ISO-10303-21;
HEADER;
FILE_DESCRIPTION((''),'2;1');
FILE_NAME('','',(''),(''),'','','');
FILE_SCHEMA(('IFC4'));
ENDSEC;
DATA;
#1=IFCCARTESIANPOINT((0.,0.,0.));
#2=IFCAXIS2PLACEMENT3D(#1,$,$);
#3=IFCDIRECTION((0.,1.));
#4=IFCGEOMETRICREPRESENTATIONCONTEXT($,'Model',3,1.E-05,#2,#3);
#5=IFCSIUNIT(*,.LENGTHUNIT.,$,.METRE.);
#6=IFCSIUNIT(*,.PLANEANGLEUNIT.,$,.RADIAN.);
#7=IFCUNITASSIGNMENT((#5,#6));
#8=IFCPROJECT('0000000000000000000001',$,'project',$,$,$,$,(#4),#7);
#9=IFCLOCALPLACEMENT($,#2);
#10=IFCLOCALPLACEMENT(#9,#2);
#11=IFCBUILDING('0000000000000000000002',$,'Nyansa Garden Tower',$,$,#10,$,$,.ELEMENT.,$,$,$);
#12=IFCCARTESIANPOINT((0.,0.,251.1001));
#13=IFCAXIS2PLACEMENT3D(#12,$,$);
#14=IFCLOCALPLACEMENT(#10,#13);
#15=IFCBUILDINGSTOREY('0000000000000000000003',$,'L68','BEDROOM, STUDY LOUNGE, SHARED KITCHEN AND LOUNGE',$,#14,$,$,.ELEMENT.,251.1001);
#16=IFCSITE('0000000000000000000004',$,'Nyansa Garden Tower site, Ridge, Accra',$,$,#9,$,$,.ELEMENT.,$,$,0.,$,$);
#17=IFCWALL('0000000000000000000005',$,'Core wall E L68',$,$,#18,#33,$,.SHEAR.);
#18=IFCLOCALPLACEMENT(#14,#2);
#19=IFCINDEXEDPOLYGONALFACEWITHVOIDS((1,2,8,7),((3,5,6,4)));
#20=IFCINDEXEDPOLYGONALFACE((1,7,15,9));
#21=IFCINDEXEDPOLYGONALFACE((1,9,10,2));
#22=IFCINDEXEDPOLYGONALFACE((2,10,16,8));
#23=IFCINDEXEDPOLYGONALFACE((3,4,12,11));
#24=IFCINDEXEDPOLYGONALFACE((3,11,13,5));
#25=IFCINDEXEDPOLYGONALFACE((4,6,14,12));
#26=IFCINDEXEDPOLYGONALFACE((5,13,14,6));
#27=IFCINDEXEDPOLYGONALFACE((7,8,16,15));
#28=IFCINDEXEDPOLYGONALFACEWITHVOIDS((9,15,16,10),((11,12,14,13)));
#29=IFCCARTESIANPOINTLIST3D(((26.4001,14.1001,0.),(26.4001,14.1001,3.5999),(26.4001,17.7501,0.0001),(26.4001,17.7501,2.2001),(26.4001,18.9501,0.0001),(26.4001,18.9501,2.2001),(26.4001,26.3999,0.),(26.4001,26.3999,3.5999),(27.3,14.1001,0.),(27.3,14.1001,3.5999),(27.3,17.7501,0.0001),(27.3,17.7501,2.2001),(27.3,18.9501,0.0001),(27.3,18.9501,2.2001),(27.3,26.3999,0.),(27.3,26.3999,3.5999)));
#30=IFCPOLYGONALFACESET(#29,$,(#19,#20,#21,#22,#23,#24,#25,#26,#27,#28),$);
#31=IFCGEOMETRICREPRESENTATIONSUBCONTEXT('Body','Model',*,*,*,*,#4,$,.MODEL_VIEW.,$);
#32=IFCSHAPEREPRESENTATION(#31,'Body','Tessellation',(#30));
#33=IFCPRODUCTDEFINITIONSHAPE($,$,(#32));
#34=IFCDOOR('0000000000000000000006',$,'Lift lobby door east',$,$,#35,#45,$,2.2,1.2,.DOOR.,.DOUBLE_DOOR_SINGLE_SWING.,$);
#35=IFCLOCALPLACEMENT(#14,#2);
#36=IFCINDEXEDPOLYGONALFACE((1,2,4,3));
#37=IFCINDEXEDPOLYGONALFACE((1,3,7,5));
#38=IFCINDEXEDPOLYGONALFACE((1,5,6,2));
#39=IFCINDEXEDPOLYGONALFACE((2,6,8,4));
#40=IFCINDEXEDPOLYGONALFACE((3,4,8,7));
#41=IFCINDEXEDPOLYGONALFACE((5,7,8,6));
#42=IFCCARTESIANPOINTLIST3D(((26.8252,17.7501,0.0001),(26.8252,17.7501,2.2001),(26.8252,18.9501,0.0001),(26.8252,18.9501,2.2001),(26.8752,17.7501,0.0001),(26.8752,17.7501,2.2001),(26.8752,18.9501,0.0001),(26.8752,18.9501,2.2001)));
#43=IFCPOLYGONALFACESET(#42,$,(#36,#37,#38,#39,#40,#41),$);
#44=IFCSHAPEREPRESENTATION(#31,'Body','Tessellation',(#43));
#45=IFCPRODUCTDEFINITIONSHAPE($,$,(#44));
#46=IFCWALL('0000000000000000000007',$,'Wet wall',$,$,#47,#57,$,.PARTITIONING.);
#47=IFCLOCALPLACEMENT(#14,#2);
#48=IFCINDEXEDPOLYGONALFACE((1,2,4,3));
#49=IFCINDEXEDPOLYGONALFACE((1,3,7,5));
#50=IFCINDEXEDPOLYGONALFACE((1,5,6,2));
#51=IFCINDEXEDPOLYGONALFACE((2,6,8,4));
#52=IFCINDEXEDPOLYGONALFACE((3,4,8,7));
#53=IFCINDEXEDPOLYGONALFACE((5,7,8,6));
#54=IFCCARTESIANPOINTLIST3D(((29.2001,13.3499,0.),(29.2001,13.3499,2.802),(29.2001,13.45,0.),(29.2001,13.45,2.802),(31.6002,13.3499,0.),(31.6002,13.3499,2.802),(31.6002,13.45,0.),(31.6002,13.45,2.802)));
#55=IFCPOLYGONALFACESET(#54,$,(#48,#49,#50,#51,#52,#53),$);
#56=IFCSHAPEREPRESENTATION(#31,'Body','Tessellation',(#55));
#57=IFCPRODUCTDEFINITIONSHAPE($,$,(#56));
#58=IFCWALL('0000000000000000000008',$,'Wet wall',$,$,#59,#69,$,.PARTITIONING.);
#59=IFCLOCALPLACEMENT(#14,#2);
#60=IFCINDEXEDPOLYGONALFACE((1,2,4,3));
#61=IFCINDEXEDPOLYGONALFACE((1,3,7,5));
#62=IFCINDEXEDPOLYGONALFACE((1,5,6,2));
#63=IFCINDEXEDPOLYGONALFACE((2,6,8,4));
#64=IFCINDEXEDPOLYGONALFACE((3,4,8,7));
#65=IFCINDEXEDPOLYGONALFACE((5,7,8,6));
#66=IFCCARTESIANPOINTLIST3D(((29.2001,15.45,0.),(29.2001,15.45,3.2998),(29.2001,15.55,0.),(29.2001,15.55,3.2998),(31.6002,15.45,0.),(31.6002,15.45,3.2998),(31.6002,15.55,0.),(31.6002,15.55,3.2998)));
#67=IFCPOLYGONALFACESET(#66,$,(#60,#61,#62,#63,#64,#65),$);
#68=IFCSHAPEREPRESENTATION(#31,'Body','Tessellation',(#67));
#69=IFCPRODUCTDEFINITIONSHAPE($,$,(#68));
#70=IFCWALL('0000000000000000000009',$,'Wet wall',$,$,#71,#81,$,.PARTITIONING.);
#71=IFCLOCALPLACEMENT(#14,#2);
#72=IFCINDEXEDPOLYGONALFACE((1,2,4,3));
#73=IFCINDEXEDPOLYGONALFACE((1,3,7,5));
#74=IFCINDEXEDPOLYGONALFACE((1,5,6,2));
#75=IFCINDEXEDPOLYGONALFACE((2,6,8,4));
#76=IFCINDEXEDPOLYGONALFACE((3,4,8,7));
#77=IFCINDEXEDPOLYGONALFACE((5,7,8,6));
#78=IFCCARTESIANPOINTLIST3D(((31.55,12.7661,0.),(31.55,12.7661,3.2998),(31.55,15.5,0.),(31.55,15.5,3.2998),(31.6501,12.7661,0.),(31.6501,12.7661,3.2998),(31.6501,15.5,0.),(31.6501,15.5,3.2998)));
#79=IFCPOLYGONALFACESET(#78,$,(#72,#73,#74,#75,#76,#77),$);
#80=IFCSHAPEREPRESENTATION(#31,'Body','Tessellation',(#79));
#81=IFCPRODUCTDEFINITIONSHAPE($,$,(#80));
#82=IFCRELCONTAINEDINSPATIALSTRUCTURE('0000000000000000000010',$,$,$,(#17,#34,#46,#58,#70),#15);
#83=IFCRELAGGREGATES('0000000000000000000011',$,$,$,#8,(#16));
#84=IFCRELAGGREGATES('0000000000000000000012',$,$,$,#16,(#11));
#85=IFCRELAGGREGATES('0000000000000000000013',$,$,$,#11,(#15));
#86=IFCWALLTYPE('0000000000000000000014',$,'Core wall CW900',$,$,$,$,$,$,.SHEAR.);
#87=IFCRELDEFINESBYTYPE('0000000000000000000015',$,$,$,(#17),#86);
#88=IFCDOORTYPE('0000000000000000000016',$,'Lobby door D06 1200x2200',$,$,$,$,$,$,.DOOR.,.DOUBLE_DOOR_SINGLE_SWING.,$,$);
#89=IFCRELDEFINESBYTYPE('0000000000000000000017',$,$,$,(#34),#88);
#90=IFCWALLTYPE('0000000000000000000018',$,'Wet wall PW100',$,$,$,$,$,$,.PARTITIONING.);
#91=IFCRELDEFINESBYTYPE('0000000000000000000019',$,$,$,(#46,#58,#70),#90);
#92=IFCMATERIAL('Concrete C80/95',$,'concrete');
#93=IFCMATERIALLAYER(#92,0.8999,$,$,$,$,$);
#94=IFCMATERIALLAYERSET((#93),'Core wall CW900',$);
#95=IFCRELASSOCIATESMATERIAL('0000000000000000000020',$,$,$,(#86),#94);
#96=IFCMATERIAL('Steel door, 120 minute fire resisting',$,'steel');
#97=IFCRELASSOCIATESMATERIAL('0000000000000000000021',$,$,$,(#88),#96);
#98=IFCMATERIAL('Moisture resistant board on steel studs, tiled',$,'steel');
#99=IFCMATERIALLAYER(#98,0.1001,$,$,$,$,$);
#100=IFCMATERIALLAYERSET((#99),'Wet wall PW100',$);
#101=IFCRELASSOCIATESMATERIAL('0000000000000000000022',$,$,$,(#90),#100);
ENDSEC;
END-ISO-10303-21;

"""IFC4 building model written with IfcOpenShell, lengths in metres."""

from ifc_helpers import new_model, si_unit, direction, frame, frame_2d, origin, place, context, subcontext, project, spatial, rectangle, extrude, material, layer, layer_set, type_object, element, fill, save


model = new_model("IFC4")

# Units and contexts
model_context = context("Model", 3, precision=1e-05, world=origin(), true_north=direction((0.0, 1.0)))
body_context = subcontext(model_context, "Body", "Model", "MODEL_VIEW")
ifc_project = project(units=[si_unit("LENGTHUNIT", "METRE"), si_unit("PLANEANGLEUNIT", "RADIAN")], contexts=[model_context])

# Site, building, storey
site_placement = place(None, origin())
site = spatial("IfcSite", under=ifc_project, at=site_placement, Name="Nyansa Garden Tower site, Ridge, Accra", CompositionType="ELEMENT", RefElevation=0.0)
building_placement = place(site_placement, origin())
building = spatial("IfcBuilding", under=site, at=building_placement, Name="Nyansa Garden Tower", CompositionType="ELEMENT")
storey_placement = place(building_placement, frame((0.0, 0.0, 251.1001)))
storey = spatial("IfcBuildingStorey", under=building, at=storey_placement, Name="L68", Description="BEDROOM, STUDY LOUNGE, SHARED KITCHEN AND LOUNGE", CompositionType="ELEMENT", Elevation=251.1001)

# Wall, opening, door
ifc_material_1 = material(Name="Concrete C80/95", Category="concrete")
ifc_layer_1 = layer(ifc_material_1, 0.8999)
ifc_layer_set_1 = layer_set([ifc_layer_1], Name="Core wall CW900")
wall_type_1 = type_object("IfcWallType", Name="Core wall CW900", PredefinedType="SHEAR", material=ifc_layer_set_1)
wall_1_placement = place(storey_placement, frame((26.8501, 14.1001, 0.0), z_axis=(0.0, 0.0, 1.0), x_axis=(0.0, 1.0, 0.0)))
wall_1 = element("IfcWall", 1, at=wall_1_placement, inside=storey, type_object=wall_type_1, Name="Core wall E L68", PredefinedType="SHEAR", context=body_context, shape_type="SweptSolid", body=[
    extrude(rectangle(XDim=12.2998, YDim=0.8999, at=frame_2d((6.1499, 0.0))), origin(), (0.0, 0.0, 1.0), 3.5999),
])
opening_placement = place(wall_1_placement, frame((3.6499, 0.0, 0.0)))
opening = element("IfcOpeningElement", 2, at=opening_placement, cuts=wall_1, PredefinedType="OPENING", context=body_context, shape_type="SweptSolid", body=[
    extrude(rectangle(XDim=1.2, YDim=2.2, at=frame_2d((0.6001, 1.1001))), frame((0.0, 0.46, 0.0), z_axis=(0.0, -1.0, 0.0), x_axis=(1.0, 0.0, 0.0)), (0.0, 0.0, 1.0), 0.9199),
])
ifc_material_2 = material(Name="Steel door, 120 minute fire resisting", Category="steel")
door_type = type_object("IfcDoorType", Name="Lobby door D06 1200x2200", OperationType="DOUBLE_DOOR_SINGLE_SWING", PredefinedType="DOOR", material=ifc_material_2)
door_placement = place(opening_placement, origin())
door = element("IfcDoor", 3, at=door_placement, inside=storey, type_object=door_type, Name="Lift lobby door east", OperationType="DOUBLE_DOOR_SINGLE_SWING", OverallHeight=2.2, OverallWidth=1.2, PredefinedType="DOOR", context=body_context, shape_type="SweptSolid", body=[
    extrude(rectangle(XDim=1.2, YDim=2.2, at=frame_2d((0.6001, 1.1001))), frame((0.0, 0.0249, 0.0), z_axis=(0.0, -1.0, 0.0), x_axis=(1.0, 0.0, 0.0)), (0.0, 0.0, 1.0), 0.05),
])
fill(opening, door)

# Walls
ifc_material_3 = material(Name="Moisture resistant board on steel studs, tiled", Category="steel")
ifc_layer_2 = layer(ifc_material_3, 0.1001)
ifc_layer_set_2 = layer_set([ifc_layer_2], Name="Wet wall PW100")
wall_type_2 = type_object("IfcWallType", Name="Wet wall PW100", PredefinedType="PARTITIONING", material=ifc_layer_set_2)
wall_2_placement = place(storey_placement, frame((29.2, 13.3999, 0.0), z_axis=(0.0, 0.0, 1.0), x_axis=(1.0, 0.0, 0.0)))
element("IfcWall", 4, at=wall_2_placement, inside=storey, type_object=wall_type_2, Name="Wet wall", PredefinedType="PARTITIONING", context=body_context, shape_type="SweptSolid", body=[
    extrude(rectangle(XDim=2.4001, YDim=0.1001, at=frame_2d((1.2002, 0.0))), origin(), (0.0, 0.0, 1.0), 2.802),
])
wall_3_placement = place(storey_placement, frame((29.2, 15.5, 0.0), z_axis=(0.0, 0.0, 1.0), x_axis=(1.0, 0.0, 0.0)))
element("IfcWall", 5, at=wall_3_placement, inside=storey, type_object=wall_type_2, Name="Wet wall", PredefinedType="PARTITIONING", context=body_context, shape_type="SweptSolid", body=[
    extrude(rectangle(XDim=2.4001, YDim=0.1001, at=frame_2d((1.2002, 0.0))), origin(), (0.0, 0.0, 1.0), 3.2998),
])
wall_4_placement = place(storey_placement, frame((31.6001, 12.7661, 0.0), z_axis=(0.0, 0.0, 1.0), x_axis=(0.0, 1.0, 0.0)))
element("IfcWall", 6, at=wall_4_placement, inside=storey, type_object=wall_type_2, Name="Wet wall", PredefinedType="PARTITIONING", context=body_context, shape_type="SweptSolid", body=[
    extrude(rectangle(XDim=2.7339, YDim=0.1001, at=frame_2d((1.3669, 0.0))), origin(), (0.0, 0.0, 1.0), 3.2998),
])

save(model, "model.ifc")
